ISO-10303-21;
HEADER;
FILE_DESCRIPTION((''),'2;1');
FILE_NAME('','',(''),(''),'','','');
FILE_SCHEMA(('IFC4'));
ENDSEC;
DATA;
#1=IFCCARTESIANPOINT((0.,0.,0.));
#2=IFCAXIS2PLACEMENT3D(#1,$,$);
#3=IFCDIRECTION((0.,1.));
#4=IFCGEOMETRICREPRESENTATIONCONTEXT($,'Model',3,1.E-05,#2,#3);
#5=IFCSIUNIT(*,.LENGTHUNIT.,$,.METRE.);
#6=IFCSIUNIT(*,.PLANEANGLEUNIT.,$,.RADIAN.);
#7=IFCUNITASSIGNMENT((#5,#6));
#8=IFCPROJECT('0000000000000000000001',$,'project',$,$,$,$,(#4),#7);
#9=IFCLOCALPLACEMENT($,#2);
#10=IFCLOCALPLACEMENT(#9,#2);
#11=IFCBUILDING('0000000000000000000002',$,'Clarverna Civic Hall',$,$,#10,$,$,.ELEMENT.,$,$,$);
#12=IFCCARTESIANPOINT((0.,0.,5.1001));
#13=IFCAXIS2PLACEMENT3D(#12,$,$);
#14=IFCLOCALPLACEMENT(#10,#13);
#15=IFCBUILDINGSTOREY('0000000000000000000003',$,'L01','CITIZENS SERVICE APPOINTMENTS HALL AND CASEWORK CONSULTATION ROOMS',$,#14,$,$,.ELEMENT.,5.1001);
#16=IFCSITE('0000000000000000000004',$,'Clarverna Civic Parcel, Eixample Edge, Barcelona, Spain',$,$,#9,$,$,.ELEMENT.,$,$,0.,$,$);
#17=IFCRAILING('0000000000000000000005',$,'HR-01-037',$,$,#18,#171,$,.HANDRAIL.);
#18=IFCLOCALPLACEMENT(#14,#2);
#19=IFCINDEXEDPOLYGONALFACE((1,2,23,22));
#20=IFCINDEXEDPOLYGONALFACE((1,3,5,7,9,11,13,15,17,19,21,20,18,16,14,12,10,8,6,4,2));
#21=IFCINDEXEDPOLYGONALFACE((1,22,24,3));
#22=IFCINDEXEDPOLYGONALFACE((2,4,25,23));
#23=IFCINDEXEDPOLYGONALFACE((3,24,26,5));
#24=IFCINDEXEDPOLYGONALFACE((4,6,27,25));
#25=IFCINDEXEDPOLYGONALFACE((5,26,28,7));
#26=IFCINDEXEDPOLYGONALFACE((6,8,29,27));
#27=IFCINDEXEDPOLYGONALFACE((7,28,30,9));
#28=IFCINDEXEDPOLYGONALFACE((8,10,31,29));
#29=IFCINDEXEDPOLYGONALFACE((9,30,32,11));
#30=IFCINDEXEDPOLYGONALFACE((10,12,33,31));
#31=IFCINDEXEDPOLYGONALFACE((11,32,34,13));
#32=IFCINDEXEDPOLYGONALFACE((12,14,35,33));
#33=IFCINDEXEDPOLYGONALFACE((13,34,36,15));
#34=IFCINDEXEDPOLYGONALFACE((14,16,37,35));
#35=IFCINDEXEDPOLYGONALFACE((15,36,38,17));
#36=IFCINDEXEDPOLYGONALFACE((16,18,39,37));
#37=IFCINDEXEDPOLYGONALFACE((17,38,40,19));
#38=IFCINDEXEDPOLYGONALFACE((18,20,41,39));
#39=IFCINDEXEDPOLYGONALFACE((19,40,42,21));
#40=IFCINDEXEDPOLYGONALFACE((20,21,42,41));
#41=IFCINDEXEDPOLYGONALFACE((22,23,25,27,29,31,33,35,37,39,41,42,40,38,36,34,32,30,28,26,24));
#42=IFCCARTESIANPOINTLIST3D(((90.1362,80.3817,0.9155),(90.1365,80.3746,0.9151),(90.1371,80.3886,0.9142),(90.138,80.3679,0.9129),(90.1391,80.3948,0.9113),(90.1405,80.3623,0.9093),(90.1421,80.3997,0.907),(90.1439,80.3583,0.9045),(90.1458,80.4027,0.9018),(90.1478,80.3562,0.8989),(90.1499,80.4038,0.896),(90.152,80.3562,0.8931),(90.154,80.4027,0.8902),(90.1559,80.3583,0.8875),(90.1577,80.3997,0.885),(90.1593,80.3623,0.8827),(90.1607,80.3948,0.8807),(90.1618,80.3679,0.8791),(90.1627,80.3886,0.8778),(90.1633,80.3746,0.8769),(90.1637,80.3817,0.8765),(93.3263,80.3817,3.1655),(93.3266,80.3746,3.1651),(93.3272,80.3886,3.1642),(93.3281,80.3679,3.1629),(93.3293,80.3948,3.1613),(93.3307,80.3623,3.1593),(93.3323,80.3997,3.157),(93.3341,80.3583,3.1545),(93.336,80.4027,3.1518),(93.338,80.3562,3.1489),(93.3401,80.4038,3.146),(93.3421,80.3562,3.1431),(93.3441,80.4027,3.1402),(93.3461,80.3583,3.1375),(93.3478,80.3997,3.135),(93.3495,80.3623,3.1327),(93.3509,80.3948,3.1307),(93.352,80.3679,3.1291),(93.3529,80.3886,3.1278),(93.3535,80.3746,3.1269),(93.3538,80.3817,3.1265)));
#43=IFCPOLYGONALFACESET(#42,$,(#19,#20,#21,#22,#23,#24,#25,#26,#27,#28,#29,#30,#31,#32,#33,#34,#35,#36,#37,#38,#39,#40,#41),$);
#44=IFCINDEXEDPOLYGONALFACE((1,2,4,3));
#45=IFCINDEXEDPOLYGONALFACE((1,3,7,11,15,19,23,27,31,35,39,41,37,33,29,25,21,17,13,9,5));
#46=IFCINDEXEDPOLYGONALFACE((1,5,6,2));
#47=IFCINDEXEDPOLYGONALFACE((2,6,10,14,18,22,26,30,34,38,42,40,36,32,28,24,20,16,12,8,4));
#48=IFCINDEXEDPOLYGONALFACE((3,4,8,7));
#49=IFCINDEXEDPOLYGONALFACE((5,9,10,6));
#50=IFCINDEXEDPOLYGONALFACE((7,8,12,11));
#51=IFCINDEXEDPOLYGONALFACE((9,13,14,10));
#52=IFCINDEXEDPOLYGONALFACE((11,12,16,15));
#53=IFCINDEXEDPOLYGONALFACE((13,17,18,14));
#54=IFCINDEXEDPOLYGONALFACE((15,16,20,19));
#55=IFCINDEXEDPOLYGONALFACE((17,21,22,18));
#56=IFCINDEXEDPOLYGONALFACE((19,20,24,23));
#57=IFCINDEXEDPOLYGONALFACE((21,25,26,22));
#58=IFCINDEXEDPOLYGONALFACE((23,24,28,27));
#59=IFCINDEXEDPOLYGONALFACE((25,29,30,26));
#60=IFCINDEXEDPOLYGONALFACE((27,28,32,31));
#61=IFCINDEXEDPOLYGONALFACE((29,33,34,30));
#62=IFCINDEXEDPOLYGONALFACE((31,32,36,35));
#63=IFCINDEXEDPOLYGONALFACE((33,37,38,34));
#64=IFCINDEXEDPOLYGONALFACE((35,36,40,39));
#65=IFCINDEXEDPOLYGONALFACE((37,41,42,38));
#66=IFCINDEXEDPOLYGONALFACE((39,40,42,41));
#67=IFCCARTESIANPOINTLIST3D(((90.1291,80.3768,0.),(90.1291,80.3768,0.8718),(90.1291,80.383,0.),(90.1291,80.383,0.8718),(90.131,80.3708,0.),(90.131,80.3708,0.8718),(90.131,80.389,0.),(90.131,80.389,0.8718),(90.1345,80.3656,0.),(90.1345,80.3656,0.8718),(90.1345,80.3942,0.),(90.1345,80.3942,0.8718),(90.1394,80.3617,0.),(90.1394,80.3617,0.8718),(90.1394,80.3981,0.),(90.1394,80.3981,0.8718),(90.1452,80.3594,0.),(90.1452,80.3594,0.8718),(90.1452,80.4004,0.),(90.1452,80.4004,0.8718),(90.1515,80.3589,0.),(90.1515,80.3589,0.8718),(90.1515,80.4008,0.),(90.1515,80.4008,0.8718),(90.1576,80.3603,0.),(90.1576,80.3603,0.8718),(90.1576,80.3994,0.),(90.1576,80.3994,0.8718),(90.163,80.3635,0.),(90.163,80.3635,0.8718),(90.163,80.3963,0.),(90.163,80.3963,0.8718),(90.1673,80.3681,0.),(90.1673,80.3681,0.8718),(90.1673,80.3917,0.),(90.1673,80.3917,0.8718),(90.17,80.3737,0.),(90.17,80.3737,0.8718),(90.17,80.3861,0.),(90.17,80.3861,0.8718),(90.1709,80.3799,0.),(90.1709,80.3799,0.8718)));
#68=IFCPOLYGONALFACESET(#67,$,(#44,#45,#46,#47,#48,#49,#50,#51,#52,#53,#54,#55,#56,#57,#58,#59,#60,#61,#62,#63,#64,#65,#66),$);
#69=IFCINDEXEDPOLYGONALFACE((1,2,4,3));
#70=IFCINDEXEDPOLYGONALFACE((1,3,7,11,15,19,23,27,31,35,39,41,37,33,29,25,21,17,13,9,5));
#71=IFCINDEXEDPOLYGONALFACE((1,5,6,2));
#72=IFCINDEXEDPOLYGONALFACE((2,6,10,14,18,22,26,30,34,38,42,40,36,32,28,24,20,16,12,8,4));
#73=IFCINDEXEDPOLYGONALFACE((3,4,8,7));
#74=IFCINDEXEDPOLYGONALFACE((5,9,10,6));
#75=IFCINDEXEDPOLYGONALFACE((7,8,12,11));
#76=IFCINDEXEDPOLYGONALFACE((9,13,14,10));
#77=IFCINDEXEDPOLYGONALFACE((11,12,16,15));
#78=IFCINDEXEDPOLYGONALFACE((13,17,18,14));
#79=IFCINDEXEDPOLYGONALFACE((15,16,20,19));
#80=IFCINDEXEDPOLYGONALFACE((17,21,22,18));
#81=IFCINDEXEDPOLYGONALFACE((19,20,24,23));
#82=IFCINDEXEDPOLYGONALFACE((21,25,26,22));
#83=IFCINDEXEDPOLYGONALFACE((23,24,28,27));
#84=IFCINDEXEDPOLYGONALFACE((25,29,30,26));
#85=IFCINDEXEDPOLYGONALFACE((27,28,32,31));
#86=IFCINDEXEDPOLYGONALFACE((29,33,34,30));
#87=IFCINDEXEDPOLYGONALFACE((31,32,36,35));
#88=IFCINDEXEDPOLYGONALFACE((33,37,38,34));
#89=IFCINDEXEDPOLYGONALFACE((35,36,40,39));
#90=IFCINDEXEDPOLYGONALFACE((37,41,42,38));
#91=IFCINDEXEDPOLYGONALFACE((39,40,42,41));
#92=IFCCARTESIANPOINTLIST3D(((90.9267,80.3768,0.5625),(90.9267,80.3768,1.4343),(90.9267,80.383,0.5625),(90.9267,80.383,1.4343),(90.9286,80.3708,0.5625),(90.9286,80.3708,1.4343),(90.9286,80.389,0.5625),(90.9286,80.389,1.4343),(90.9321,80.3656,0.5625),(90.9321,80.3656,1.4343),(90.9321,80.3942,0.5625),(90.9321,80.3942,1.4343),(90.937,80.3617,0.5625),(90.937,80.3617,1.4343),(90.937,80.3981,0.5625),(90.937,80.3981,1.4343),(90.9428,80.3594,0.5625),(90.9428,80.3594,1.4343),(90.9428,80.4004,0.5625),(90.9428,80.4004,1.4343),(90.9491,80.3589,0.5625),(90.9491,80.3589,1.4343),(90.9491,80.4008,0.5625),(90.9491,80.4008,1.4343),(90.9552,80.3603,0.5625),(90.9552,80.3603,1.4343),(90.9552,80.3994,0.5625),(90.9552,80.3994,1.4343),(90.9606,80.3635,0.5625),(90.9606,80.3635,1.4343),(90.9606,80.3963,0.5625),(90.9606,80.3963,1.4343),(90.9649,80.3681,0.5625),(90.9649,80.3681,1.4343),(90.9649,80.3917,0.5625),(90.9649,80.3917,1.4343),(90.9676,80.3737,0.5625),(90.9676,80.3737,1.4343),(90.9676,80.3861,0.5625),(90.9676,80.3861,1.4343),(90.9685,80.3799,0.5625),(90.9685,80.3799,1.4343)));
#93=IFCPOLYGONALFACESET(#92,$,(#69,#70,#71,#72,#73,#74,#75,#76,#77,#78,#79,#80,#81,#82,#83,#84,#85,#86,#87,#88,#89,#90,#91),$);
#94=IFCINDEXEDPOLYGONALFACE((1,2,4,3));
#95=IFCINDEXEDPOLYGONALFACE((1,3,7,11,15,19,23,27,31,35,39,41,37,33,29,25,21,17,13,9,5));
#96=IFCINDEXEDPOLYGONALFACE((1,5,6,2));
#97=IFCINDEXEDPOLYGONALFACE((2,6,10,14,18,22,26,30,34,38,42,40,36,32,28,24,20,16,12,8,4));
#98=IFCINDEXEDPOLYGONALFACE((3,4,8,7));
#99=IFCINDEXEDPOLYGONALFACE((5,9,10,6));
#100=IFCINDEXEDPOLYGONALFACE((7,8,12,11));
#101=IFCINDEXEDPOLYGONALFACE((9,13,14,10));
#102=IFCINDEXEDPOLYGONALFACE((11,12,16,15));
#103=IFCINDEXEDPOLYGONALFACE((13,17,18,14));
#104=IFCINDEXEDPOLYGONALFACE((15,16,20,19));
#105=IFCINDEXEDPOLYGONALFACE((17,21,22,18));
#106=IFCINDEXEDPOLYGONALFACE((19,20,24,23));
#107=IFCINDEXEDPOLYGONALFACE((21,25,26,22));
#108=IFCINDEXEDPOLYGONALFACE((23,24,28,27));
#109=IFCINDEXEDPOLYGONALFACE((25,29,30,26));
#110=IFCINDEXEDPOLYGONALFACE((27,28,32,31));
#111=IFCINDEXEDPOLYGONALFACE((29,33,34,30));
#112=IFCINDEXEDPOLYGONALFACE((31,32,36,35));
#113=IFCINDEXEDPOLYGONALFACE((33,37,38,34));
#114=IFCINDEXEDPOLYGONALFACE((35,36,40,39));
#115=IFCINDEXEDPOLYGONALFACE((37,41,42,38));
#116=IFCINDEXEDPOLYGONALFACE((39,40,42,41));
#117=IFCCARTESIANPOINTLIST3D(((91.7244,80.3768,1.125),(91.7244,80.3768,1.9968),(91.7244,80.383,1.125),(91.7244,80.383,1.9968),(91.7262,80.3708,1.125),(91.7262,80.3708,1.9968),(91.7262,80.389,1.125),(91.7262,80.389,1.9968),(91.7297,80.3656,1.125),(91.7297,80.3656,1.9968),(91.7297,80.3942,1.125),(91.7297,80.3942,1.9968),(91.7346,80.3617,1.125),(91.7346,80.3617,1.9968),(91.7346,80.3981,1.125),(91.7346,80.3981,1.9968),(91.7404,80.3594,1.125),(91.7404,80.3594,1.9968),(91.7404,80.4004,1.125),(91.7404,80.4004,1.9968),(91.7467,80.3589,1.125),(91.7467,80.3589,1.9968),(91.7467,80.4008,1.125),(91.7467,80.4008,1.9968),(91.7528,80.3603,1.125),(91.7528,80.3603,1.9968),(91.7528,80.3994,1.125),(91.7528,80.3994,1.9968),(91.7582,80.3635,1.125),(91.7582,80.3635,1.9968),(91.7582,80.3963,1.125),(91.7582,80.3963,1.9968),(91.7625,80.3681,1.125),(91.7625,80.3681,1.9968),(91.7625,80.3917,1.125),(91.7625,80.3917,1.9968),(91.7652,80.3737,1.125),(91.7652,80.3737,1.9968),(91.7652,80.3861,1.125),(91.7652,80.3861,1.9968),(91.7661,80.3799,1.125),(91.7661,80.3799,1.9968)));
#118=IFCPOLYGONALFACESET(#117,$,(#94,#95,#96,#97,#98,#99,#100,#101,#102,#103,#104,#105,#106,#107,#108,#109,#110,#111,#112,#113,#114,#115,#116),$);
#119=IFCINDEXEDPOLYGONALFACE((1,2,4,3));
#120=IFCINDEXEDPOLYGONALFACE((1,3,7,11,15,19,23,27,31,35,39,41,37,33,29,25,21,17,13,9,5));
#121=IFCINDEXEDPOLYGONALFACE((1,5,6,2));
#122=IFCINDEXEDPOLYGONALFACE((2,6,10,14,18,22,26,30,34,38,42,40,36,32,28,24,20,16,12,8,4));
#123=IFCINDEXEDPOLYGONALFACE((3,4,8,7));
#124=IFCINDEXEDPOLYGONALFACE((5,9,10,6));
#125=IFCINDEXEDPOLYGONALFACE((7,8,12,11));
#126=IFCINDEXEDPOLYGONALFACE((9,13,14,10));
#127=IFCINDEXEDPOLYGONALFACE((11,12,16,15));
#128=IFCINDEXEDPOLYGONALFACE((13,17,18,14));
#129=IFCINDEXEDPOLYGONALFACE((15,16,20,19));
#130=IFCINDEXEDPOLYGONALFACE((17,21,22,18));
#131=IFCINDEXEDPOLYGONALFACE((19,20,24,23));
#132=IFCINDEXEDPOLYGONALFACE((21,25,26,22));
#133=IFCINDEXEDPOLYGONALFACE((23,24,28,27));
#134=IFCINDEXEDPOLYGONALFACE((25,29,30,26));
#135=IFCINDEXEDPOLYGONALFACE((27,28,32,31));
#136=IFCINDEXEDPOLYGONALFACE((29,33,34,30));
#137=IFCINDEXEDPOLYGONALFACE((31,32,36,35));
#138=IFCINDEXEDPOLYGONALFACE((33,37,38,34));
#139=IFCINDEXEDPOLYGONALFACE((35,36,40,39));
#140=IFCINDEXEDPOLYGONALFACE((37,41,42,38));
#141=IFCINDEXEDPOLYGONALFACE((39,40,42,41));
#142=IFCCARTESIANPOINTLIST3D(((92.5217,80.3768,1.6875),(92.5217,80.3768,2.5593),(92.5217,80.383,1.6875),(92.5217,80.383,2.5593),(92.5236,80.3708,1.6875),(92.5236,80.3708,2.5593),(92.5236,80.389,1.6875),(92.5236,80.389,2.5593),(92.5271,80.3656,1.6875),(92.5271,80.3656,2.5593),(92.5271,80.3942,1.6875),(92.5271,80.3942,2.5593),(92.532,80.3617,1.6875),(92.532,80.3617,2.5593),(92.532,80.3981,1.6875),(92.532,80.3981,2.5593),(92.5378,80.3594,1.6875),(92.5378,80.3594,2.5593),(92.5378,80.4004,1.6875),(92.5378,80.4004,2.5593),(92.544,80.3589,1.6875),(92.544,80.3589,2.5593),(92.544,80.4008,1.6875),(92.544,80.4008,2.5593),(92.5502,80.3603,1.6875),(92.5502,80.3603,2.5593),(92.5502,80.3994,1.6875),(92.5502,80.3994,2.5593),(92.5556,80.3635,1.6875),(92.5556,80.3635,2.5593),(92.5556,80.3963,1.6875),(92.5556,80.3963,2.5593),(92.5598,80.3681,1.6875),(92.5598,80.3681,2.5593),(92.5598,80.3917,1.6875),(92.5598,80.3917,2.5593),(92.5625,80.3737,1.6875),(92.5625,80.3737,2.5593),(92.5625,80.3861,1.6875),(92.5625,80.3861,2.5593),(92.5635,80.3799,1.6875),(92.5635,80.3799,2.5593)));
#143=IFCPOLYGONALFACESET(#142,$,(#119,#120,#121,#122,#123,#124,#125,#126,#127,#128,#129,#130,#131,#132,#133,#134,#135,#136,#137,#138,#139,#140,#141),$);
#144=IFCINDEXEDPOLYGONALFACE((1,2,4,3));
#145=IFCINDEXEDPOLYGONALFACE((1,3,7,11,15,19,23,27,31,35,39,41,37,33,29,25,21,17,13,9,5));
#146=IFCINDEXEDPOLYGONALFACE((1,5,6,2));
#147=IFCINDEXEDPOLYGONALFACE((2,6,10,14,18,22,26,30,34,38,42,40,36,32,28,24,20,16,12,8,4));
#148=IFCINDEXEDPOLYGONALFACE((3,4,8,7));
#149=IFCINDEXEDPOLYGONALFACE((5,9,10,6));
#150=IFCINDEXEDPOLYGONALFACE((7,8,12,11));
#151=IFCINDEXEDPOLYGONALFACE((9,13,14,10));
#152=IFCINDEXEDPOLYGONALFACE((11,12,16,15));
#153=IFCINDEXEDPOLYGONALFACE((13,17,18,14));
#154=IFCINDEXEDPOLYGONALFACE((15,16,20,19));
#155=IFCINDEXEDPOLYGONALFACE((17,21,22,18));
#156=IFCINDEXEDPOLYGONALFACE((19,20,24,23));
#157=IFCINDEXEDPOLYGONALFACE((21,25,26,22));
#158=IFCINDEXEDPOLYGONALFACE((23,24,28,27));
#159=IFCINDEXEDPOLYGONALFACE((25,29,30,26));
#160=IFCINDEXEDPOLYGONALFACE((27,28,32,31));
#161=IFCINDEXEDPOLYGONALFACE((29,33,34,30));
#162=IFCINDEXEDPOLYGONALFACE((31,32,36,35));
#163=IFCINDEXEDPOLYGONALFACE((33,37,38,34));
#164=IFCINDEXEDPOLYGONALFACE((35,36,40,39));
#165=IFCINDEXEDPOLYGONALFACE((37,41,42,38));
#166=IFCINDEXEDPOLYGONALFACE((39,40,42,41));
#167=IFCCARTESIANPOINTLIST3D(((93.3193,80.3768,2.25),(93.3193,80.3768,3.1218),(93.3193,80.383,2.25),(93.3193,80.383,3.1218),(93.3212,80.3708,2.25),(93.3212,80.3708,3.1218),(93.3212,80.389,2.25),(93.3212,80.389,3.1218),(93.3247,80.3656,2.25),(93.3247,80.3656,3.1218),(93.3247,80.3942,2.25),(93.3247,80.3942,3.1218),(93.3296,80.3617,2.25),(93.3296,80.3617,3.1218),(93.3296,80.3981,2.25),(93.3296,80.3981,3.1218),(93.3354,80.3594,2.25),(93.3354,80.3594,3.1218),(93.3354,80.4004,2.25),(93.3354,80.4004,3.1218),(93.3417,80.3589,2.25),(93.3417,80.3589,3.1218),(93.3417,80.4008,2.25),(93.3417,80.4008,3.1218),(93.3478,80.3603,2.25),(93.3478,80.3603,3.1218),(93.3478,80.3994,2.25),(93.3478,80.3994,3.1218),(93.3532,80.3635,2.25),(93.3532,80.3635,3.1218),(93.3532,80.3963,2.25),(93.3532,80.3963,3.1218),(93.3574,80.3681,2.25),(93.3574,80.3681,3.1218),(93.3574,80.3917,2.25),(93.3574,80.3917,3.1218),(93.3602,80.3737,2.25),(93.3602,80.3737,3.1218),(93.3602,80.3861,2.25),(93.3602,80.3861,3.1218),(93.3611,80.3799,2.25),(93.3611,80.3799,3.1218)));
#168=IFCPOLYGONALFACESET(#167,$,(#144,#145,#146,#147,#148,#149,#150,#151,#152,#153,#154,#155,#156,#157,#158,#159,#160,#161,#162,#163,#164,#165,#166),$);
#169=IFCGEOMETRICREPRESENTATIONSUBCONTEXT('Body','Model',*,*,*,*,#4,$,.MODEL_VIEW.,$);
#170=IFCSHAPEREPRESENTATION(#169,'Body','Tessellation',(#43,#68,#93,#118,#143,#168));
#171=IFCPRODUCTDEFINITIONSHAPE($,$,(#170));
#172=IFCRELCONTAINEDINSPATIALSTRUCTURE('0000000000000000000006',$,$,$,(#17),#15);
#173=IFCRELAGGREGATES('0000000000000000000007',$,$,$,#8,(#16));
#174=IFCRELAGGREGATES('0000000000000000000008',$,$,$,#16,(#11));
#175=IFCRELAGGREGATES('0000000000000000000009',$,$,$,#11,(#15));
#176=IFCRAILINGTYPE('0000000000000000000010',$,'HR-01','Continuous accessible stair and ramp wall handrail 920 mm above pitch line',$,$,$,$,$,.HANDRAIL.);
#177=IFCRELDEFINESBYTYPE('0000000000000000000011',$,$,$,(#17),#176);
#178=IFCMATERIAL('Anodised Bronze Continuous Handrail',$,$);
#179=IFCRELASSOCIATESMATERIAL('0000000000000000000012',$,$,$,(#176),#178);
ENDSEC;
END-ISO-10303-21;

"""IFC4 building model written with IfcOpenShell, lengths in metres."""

from ifc_helpers import new_model, si_unit, direction, frame, origin, origin_2d, place, context, subcontext, project, spatial, circle, extrude, material, type_object, element, save


model = new_model("IFC4")

# Units and contexts
model_context = context("Model", 3, precision=1e-05, world=origin(), true_north=direction((0.0, 1.0)))
body_context = subcontext(model_context, "Body", "Model", "MODEL_VIEW")
ifc_project = project(units=[si_unit("LENGTHUNIT", "METRE"), si_unit("PLANEANGLEUNIT", "RADIAN")], contexts=[model_context])

# Site, building, storey
site_placement = place(None, origin())
site = spatial("IfcSite", under=ifc_project, at=site_placement, Name="Clarverna Civic Parcel, Eixample Edge, Barcelona, Spain", CompositionType="ELEMENT", RefElevation=0.0)
building_placement = place(site_placement, origin())
building = spatial("IfcBuilding", under=site, at=building_placement, Name="Clarverna Civic Hall", CompositionType="ELEMENT")
storey_placement = place(building_placement, frame((0.0, 0.0, 5.1001)))
storey = spatial("IfcBuildingStorey", under=building, at=storey_placement, Name="L01", Description="CITIZENS SERVICE APPOINTMENTS HALL AND CASEWORK CONSULTATION ROOMS", CompositionType="ELEMENT", Elevation=5.1001)

# Railing
ifc_material_1 = material(Name="Anodised Bronze Continuous Handrail")
railing_type_1 = type_object("IfcRailingType", Name="HR-01", Description="Continuous accessible stair and ramp wall handrail 920 mm above pitch line", PredefinedType="HANDRAIL", material=ifc_material_1)
railing_1_placement = place(storey_placement, frame((90.1499, 80.3799, 0.0)))
element("IfcRailing", 1, at=railing_1_placement, inside=storey, type_object=railing_type_1, Name="HR-01-037", PredefinedType="HANDRAIL", context=body_context, shape_type="SweptSolid", body=[
    extrude(circle(Radius=0.0239, at=origin_2d()), frame((0.0, 0.0, 0.896), z_axis=(0.817197, 0.0, 0.576359), x_axis=(0.0, 1.0, 0.0)), (0.0, 0.0, 1.0), 3.9038),
    extrude(circle(Radius=0.021, at=origin_2d()), origin(), (0.0, 0.0, 1.0), 0.8718),
    extrude(circle(Radius=0.021, at=origin_2d()), frame((0.7976, 0.0, 0.5625)), (0.0, 0.0, 1.0), 0.8718),
    extrude(circle(Radius=0.021, at=origin_2d()), frame((1.5952, 0.0, 1.125)), (0.0, 0.0, 1.0), 0.8718),
    extrude(circle(Radius=0.021, at=origin_2d()), frame((2.3926, 0.0, 1.6875)), (0.0, 0.0, 1.0), 0.8718),
    extrude(circle(Radius=0.021, at=origin_2d()), frame((3.1902, 0.0, 2.25)), (0.0, 0.0, 1.0), 0.8718),
])

save(model, "model.ifc")
